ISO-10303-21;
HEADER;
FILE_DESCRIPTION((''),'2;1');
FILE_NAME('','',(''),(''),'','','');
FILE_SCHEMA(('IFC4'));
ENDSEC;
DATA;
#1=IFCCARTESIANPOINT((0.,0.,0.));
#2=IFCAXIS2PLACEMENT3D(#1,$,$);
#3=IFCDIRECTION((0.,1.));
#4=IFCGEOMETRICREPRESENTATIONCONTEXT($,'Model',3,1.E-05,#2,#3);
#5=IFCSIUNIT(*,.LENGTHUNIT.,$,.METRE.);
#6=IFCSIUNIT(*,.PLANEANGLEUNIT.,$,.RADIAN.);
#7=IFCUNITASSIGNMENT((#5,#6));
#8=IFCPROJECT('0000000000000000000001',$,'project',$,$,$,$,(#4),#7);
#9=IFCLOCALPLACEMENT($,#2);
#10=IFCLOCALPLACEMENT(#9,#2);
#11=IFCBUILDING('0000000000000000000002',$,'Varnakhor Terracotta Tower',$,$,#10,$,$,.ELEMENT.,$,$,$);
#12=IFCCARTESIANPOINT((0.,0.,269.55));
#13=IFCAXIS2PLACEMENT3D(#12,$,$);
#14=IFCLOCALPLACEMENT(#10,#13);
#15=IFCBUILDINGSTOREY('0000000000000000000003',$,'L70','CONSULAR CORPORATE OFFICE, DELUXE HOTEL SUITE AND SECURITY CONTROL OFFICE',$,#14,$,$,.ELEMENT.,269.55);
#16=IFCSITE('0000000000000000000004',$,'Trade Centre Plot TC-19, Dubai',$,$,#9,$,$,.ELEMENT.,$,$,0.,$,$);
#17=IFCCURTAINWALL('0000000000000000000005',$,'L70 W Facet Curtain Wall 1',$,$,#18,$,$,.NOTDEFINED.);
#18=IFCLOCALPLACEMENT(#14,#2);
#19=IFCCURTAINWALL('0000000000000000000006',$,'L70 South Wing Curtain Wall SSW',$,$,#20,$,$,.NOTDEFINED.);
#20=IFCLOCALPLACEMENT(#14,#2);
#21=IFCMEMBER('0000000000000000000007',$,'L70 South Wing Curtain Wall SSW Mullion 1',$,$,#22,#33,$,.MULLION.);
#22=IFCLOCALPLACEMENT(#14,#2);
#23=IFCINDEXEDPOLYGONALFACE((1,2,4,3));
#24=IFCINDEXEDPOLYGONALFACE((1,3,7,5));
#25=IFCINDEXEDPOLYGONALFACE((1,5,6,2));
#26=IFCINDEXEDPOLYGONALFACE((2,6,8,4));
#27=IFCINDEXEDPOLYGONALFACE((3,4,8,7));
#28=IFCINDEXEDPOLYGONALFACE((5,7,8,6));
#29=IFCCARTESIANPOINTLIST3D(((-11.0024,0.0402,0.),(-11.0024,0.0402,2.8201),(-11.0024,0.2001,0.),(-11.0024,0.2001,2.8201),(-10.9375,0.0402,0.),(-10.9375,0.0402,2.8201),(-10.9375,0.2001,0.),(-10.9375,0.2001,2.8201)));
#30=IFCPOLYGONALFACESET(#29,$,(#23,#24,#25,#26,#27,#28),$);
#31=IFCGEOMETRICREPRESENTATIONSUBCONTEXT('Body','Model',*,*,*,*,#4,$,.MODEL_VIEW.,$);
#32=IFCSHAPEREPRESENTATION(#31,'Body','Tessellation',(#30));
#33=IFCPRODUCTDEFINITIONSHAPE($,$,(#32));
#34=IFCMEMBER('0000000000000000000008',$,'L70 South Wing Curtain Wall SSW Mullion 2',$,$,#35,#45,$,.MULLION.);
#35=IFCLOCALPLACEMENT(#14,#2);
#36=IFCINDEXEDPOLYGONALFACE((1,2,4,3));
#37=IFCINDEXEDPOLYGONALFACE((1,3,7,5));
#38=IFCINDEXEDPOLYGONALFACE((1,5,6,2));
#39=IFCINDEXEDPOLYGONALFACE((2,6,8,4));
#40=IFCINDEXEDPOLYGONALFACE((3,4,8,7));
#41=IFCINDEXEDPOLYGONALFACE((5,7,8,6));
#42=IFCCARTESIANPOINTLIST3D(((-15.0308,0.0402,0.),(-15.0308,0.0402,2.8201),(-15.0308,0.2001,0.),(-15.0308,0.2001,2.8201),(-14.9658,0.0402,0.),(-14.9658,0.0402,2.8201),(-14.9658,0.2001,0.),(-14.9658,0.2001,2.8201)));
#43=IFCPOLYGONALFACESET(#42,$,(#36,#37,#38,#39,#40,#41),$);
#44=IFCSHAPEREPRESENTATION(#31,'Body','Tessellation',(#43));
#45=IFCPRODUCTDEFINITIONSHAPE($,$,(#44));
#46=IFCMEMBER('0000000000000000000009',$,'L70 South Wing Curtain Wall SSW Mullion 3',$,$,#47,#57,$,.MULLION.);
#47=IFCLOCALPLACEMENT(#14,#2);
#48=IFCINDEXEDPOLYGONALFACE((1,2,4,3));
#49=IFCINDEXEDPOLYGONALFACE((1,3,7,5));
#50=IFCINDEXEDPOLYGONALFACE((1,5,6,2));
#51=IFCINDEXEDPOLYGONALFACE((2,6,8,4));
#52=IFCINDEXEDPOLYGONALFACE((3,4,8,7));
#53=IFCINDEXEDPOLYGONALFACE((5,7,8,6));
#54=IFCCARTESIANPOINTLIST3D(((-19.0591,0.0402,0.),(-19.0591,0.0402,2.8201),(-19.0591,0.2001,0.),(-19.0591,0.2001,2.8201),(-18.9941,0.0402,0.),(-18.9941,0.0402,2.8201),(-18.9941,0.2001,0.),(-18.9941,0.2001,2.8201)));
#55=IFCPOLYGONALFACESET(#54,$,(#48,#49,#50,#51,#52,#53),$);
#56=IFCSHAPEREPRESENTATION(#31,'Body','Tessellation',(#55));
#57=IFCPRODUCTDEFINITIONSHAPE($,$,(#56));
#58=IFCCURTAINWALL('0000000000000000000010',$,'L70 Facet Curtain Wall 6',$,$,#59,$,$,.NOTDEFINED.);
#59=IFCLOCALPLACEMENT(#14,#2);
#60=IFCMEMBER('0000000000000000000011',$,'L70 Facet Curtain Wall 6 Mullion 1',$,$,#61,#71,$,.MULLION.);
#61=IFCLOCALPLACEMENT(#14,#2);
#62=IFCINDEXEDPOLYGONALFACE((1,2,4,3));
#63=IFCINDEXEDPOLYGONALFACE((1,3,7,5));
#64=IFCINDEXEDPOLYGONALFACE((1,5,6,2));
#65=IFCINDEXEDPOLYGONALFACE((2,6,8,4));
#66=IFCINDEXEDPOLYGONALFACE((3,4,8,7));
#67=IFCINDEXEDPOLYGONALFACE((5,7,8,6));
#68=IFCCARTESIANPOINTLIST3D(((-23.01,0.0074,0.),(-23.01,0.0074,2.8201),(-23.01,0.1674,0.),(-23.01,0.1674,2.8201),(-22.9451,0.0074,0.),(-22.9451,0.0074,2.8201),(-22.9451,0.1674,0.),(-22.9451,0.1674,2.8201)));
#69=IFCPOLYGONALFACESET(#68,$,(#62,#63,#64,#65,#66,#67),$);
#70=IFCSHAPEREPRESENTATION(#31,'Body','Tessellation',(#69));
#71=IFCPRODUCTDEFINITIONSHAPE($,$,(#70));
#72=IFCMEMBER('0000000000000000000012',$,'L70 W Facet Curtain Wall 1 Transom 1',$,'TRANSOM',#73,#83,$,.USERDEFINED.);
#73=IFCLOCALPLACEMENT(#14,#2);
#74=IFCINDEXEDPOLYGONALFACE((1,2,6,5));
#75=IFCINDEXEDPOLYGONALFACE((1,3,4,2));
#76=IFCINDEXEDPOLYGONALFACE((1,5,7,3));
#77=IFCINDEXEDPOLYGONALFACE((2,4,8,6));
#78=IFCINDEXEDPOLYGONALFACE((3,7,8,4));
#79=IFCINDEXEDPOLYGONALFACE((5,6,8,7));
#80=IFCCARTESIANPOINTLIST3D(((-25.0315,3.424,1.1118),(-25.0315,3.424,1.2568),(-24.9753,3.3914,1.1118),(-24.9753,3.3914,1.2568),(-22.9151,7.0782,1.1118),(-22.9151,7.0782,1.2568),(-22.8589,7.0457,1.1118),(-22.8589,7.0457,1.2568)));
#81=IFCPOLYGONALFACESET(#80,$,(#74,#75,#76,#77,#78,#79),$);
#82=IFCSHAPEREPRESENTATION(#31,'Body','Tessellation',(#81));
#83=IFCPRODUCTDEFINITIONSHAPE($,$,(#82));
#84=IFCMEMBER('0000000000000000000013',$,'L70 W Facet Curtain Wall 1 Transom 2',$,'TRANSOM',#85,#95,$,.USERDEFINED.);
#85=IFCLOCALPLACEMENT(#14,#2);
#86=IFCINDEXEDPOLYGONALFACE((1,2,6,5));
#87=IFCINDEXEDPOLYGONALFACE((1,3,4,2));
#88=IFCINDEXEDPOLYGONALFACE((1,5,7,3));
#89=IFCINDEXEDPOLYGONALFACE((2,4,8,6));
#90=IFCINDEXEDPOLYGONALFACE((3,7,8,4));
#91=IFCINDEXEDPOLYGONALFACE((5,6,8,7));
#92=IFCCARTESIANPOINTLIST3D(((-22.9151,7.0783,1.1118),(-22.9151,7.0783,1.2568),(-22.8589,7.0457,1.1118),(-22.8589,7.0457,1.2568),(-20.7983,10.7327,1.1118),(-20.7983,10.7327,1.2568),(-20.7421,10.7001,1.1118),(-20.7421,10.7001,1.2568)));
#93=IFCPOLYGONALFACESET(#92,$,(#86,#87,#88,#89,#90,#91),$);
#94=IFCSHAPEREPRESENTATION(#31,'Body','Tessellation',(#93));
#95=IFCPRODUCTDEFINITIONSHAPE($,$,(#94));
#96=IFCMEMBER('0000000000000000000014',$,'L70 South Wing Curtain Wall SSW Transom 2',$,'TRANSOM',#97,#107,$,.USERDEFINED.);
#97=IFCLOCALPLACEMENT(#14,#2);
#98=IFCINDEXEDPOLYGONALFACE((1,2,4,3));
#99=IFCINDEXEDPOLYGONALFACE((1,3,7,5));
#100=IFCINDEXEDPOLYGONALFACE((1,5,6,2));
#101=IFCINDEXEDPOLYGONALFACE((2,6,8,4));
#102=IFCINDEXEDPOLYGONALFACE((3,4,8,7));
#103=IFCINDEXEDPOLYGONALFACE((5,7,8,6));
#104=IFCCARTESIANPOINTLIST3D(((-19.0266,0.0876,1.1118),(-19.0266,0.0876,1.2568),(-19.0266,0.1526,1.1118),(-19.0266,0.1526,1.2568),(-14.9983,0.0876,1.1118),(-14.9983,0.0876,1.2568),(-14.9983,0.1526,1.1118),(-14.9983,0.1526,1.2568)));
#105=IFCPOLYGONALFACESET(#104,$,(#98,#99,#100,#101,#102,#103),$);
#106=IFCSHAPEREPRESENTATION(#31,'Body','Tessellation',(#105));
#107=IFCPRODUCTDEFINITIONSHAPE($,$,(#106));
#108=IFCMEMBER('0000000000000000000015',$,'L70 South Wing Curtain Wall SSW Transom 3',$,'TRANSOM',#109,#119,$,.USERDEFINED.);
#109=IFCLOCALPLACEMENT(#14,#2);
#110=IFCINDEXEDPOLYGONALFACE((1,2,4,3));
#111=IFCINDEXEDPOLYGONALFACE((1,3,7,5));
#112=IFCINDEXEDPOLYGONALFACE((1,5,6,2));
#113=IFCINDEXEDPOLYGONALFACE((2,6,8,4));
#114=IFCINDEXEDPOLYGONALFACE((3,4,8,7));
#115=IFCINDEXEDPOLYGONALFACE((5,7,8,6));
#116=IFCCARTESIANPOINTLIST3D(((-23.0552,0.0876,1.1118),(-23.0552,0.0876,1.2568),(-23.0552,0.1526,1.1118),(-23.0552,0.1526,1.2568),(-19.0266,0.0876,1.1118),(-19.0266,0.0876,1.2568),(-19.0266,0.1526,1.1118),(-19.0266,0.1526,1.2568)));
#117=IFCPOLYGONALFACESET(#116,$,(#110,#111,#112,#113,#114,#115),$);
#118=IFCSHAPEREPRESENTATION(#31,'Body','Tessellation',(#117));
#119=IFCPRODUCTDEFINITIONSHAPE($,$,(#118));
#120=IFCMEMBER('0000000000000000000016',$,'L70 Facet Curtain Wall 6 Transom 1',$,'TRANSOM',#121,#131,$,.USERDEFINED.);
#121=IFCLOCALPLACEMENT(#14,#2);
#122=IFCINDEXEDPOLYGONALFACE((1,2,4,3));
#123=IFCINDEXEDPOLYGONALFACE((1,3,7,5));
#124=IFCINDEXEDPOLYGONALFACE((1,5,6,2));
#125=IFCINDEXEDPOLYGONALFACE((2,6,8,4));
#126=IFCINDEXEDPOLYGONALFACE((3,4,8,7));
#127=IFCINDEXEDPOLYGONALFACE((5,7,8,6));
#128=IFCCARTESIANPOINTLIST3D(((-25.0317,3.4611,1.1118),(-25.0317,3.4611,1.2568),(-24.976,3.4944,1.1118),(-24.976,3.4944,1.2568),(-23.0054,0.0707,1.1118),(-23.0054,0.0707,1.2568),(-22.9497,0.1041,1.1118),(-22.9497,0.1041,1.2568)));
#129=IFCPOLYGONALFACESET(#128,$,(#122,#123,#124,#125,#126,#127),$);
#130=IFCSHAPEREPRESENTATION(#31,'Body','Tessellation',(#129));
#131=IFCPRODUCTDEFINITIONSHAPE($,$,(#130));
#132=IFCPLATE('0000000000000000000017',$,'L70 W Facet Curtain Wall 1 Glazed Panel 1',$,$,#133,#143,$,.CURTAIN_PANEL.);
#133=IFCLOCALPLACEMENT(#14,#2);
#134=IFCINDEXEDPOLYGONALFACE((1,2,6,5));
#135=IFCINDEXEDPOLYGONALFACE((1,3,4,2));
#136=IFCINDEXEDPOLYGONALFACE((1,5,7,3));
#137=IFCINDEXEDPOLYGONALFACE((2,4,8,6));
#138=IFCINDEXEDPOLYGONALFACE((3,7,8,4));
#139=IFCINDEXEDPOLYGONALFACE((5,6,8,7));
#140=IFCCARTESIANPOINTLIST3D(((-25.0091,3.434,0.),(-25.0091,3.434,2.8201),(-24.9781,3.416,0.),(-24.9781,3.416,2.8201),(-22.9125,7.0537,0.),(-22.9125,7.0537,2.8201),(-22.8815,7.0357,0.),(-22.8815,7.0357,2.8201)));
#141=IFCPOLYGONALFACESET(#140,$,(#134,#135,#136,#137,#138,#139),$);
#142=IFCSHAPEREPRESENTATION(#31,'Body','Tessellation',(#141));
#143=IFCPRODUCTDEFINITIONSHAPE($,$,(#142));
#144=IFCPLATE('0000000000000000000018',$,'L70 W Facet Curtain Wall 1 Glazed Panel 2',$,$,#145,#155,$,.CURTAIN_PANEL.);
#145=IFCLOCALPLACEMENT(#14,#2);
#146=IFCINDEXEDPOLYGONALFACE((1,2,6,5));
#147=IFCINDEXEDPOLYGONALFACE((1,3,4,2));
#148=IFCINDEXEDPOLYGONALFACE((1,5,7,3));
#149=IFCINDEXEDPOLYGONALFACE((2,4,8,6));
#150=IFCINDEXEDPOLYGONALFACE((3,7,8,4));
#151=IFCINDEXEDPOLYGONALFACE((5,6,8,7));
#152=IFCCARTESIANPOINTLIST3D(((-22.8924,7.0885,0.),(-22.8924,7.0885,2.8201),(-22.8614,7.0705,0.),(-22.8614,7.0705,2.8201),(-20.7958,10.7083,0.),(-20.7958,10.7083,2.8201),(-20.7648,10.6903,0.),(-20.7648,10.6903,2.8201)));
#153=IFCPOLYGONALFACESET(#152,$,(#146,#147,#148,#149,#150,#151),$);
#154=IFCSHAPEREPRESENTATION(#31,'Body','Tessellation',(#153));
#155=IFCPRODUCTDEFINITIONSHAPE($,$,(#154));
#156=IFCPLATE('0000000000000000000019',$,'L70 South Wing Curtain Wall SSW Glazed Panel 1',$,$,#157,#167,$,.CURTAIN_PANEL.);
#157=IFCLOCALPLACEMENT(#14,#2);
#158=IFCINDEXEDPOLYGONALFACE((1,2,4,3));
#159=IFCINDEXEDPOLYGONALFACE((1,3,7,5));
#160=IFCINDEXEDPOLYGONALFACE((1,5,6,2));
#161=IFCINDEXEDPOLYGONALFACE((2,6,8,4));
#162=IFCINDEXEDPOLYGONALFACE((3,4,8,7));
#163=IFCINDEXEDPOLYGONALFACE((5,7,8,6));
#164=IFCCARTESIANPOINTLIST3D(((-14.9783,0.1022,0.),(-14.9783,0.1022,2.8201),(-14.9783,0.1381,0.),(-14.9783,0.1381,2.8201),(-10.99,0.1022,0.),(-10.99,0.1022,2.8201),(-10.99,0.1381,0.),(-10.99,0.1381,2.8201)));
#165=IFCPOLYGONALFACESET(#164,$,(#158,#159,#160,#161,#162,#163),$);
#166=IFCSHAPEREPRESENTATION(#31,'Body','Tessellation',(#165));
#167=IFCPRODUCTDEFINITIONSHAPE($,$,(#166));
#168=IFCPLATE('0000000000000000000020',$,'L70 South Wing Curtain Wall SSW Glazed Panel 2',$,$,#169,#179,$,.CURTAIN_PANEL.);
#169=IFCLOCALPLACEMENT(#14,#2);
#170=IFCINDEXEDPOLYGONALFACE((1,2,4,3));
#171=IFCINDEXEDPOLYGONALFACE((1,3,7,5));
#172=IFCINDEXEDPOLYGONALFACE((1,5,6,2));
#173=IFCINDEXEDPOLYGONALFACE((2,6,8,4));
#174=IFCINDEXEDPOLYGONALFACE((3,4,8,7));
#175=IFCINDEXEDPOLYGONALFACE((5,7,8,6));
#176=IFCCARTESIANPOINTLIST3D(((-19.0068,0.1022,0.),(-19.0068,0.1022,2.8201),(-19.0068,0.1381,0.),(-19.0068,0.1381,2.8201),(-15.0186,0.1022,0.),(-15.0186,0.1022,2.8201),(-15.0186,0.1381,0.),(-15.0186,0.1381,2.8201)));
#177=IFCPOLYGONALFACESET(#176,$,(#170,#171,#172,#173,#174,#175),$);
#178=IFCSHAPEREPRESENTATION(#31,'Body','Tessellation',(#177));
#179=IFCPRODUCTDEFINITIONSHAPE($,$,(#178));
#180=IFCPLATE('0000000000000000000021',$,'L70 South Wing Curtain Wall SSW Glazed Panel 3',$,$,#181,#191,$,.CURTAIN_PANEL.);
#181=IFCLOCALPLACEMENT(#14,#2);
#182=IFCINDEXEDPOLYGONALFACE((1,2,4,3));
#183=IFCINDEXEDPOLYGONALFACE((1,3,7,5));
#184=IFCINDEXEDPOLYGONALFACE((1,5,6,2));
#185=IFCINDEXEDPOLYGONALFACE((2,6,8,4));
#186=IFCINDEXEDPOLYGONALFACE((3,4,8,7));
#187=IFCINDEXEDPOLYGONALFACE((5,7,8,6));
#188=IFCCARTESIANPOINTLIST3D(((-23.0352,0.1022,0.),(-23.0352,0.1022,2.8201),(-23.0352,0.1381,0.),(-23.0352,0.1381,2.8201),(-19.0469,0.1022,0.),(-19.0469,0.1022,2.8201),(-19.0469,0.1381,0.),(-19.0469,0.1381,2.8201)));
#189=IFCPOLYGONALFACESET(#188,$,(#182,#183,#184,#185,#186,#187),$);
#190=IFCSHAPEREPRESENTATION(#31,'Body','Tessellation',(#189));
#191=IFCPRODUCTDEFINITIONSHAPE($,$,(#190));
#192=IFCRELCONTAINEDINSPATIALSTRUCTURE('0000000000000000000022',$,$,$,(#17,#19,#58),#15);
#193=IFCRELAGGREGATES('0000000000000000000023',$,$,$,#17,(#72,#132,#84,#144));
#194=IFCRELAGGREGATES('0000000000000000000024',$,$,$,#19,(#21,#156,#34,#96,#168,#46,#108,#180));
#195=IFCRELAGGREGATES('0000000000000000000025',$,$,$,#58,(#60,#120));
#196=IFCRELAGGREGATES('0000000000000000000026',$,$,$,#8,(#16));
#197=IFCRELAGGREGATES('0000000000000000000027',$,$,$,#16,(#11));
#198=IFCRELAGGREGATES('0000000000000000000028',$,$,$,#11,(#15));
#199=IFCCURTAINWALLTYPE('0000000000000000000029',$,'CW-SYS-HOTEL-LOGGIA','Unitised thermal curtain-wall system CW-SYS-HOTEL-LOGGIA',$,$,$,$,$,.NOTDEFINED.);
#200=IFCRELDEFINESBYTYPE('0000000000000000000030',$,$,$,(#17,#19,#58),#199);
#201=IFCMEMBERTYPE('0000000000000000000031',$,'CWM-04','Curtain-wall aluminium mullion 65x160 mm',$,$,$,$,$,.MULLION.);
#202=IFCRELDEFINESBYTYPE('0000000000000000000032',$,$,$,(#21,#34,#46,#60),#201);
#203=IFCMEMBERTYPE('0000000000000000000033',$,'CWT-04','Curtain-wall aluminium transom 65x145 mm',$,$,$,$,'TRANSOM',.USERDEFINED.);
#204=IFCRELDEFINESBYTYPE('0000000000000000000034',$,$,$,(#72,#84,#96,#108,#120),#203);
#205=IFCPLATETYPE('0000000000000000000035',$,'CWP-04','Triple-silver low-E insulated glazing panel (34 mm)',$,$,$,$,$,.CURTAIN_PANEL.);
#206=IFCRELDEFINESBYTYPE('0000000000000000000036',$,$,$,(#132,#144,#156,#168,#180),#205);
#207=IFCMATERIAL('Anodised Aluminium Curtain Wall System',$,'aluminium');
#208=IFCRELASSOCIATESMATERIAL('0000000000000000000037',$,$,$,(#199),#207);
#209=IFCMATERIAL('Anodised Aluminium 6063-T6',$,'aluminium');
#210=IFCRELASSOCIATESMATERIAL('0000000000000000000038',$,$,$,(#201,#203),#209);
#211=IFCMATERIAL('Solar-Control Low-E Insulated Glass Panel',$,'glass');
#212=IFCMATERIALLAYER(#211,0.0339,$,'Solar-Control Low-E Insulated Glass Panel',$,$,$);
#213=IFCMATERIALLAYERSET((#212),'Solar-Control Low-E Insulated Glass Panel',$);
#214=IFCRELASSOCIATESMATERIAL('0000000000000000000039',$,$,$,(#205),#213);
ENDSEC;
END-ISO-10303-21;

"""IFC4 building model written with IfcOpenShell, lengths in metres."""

from ifc_helpers import new_model, si_unit, direction, frame, origin, origin_2d, place, context, subcontext, project, spatial, rectangle, extrude, source, transform, mapped, material, layer, layer_set, material_profile, profile_set, type_object, type_shapes, element, aggregate, save


model = new_model("IFC4")

# Units and contexts
model_context = context("Model", 3, precision=1e-05, world=origin(), true_north=direction((0.0, 1.0)))
body_context = subcontext(model_context, "Body", "Model", "MODEL_VIEW")
ifc_project = project(units=[si_unit("LENGTHUNIT", "METRE"), si_unit("PLANEANGLEUNIT", "RADIAN")], contexts=[model_context])

# Site, building, storey
site_placement = place(None, origin())
site = spatial("IfcSite", under=ifc_project, at=site_placement, Name="Trade Centre Plot TC-19, Dubai", CompositionType="ELEMENT", RefElevation=0.0)
building_placement = place(site_placement, origin())
building = spatial("IfcBuilding", under=site, at=building_placement, Name="Varnakhor Terracotta Tower", CompositionType="ELEMENT")
storey_placement = place(building_placement, frame((0.0, 0.0, 269.55)))
storey = spatial("IfcBuildingStorey", under=building, at=storey_placement, Name="L70", Description="CONSULAR CORPORATE OFFICE, DELUXE HOTEL SUITE AND SECURITY CONTROL OFFICE", CompositionType="ELEMENT", Elevation=269.55)

# Curtain walls, members
ifc_material_1 = material(Name="Anodised Aluminium Curtain Wall System", Category="aluminium")
curtain_wall_type = type_object("IfcCurtainWallType", Name="CW-SYS-HOTEL-LOGGIA", Description="Unitised thermal curtain-wall system CW-SYS-HOTEL-LOGGIA", PredefinedType="NOTDEFINED", material=ifc_material_1)
curtain_wall_1_placement = place(storey_placement, origin())
curtain_wall_1 = element("IfcCurtainWall", 1, at=curtain_wall_1_placement, inside=storey, type_object=curtain_wall_type, Name="L70 W Facet Curtain Wall 1", PredefinedType="NOTDEFINED")
ifc_material_2 = material(Name="Anodised Aluminium 6063-T6", Category="aluminium")
ifc_material_profile_1 = material_profile(ifc_material_2, rectangle(XDim=0.0649, YDim=0.1599, at=origin_2d()), Name="ALU MULLION 65x160")
ifc_profile_set_1 = profile_set([ifc_material_profile_1], Name="Anodised Aluminium 6063-T6")
member_type_1 = type_object("IfcMemberType", Name="CWM-04", Description="Curtain-wall aluminium mullion 65x160 mm", PredefinedType="MULLION", material=ifc_profile_set_1)
shared_shape_1 = source(origin(), body_context, "Body", "SweptSolid", [
    extrude(rectangle(XDim=0.0649, YDim=0.1599, at=origin_2d()), origin(), (0.0, 0.0, 1.0), 2.8201),
])
type_shapes(member_type_1, [shared_shape_1])
curtain_wall_2_placement = place(storey_placement, origin())
curtain_wall_2 = element("IfcCurtainWall", 2, at=curtain_wall_2_placement, inside=storey, type_object=curtain_wall_type, Name="L70 South Wing Curtain Wall SSW", PredefinedType="NOTDEFINED")
member_1_placement = place(storey_placement, frame((-10.97, 0.1201, 0.0), z_axis=(0.0, 0.0, 1.0), x_axis=(1.0, 0.0, 0.0)))
member_1 = element("IfcMember", 3, at=member_1_placement, type_object=member_type_1, Name="L70 South Wing Curtain Wall SSW Mullion 1", PredefinedType="MULLION", context=body_context, shape_type="MappedRepresentation", body=[
    mapped(shared_shape_1, transform((0.0, 0.0, 0.0), scale=1.0)),
])
member_2_placement = place(storey_placement, frame((-14.9983, 0.1201, 0.0), z_axis=(0.0, 0.0, 1.0), x_axis=(1.0, 0.0, 0.0)))
member_2 = element("IfcMember", 4, at=member_2_placement, type_object=member_type_1, Name="L70 South Wing Curtain Wall SSW Mullion 2", PredefinedType="MULLION", context=body_context, shape_type="MappedRepresentation", body=[
    mapped(shared_shape_1, transform((0.0, 0.0, 0.0), scale=1.0)),
])
member_3_placement = place(storey_placement, frame((-19.0266, 0.1201, 0.0), z_axis=(0.0, 0.0, 1.0), x_axis=(1.0, 0.0, 0.0)))
member_3 = element("IfcMember", 5, at=member_3_placement, type_object=member_type_1, Name="L70 South Wing Curtain Wall SSW Mullion 3", PredefinedType="MULLION", context=body_context, shape_type="MappedRepresentation", body=[
    mapped(shared_shape_1, transform((0.0, 0.0, 0.0), scale=1.0)),
])

# Curtain wall, member
curtain_wall_3_placement = place(storey_placement, origin())
curtain_wall_3 = element("IfcCurtainWall", 6, at=curtain_wall_3_placement, inside=storey, type_object=curtain_wall_type, Name="L70 Facet Curtain Wall 6", PredefinedType="NOTDEFINED")
member_4_placement = place(storey_placement, frame((-22.9775, 0.0874, 0.0), z_axis=(0.0, 0.0, 1.0), x_axis=(1.0, 0.0, 0.0)))
member_4 = element("IfcMember", 7, at=member_4_placement, type_object=member_type_1, Name="L70 Facet Curtain Wall 6 Mullion 1", PredefinedType="MULLION", context=body_context, shape_type="MappedRepresentation", body=[
    mapped(shared_shape_1, transform((0.0, 0.0, 0.0), scale=1.0)),
])

# Members
ifc_material_profile_2 = material_profile(ifc_material_2, rectangle(XDim=0.0649, YDim=0.145, at=origin_2d()), Name="ALU TRANSOM 65x145")
ifc_profile_set_2 = profile_set([ifc_material_profile_2], Name="Anodised Aluminium 6063-T6")
member_type_2 = type_object("IfcMemberType", Name="CWT-04", Description="Curtain-wall aluminium transom 65x145 mm", ElementType="TRANSOM", PredefinedType="USERDEFINED", material=ifc_profile_set_2)
shared_shape_2 = source(origin(), body_context, "Body", "SweptSolid", [
    extrude(rectangle(XDim=0.0649, YDim=0.145, at=origin_2d()), origin(), (0.0, 0.0, 1.0), 4.2229),
])
member_5_placement = place(storey_placement, frame((-25.0034, 3.4077, 1.1843), z_axis=(0.50118, 0.865343, 0.0), x_axis=(-0.865343, 0.50118, 0.0)))
member_5 = element("IfcMember", 8, at=member_5_placement, type_object=member_type_2, Name="L70 W Facet Curtain Wall 1 Transom 1", ObjectType="TRANSOM", PredefinedType="USERDEFINED", context=body_context, shape_type="MappedRepresentation", body=[
    mapped(shared_shape_2, transform((0.0, 0.0, 0.0), scale=1.0)),
])
shared_shape_3 = source(origin(), body_context, "Body", "SweptSolid", [
    extrude(rectangle(XDim=0.0649, YDim=0.145, at=origin_2d()), origin(), (0.0, 0.0, 1.0), 4.2231),
])
member_6_placement = place(storey_placement, frame((-22.887, 7.062, 1.1843), z_axis=(0.501223, 0.865318, 0.0), x_axis=(-0.865318, 0.501223, 0.0)))
member_6 = element("IfcMember", 9, at=member_6_placement, type_object=member_type_2, Name="L70 W Facet Curtain Wall 1 Transom 2", ObjectType="TRANSOM", PredefinedType="USERDEFINED", context=body_context, shape_type="MappedRepresentation", body=[
    mapped(shared_shape_3, transform((0.0, 0.0, 0.0), scale=1.0)),
])
shared_shape_4 = source(origin(), body_context, "Body", "SweptSolid", [
    extrude(rectangle(XDim=0.0649, YDim=0.145, at=origin_2d()), origin(), (0.0, 0.0, 1.0), 4.0283),
])
member_7_placement = place(storey_placement, frame((-14.9983, 0.1201, 1.1843), z_axis=(-1.0, 0.0, 0.0), x_axis=(0.0, -1.0, 0.0)))
member_7 = element("IfcMember", 10, at=member_7_placement, type_object=member_type_2, Name="L70 South Wing Curtain Wall SSW Transom 2", ObjectType="TRANSOM", PredefinedType="USERDEFINED", context=body_context, shape_type="MappedRepresentation", body=[
    mapped(shared_shape_4, transform((0.0, 0.0, 0.0), scale=1.0)),
])
shared_shape_5 = source(origin(), body_context, "Body", "SweptSolid", [
    extrude(rectangle(XDim=0.0649, YDim=0.145, at=origin_2d()), origin(), (0.0, 0.0, 1.0), 4.0286),
])
member_8_placement = place(storey_placement, frame((-19.0266, 0.1201, 1.1843), z_axis=(-1.0, 0.0, 0.0), x_axis=(0.0, -1.0, 0.0)))
member_8 = element("IfcMember", 11, at=member_8_placement, type_object=member_type_2, Name="L70 South Wing Curtain Wall SSW Transom 3", ObjectType="TRANSOM", PredefinedType="USERDEFINED", context=body_context, shape_type="MappedRepresentation", body=[
    mapped(shared_shape_5, transform((0.0, 0.0, 0.0), scale=1.0)),
])
shared_shape_6 = source(origin(), body_context, "Body", "SweptSolid", [
    extrude(rectangle(XDim=0.0649, YDim=0.145, at=origin_2d()), origin(), (0.0, 0.0, 1.0), 3.9497),
])
member_9_placement = place(storey_placement, frame((-22.9775, 0.0874, 1.1843), z_axis=(-0.513032, 0.85837, 0.0), x_axis=(-0.85837, -0.513032, 0.0)))
member_9 = element("IfcMember", 12, at=member_9_placement, type_object=member_type_2, Name="L70 Facet Curtain Wall 6 Transom 1", ObjectType="TRANSOM", PredefinedType="USERDEFINED", context=body_context, shape_type="MappedRepresentation", body=[
    mapped(shared_shape_6, transform((0.0, 0.0, 0.0), scale=1.0)),
])

# Plates
ifc_material_3 = material(Name="Solar-Control Low-E Insulated Glass Panel", Category="glass")
ifc_layer_1 = layer(ifc_material_3, 0.0339, Name="Solar-Control Low-E Insulated Glass Panel")
ifc_layer_set_1 = layer_set([ifc_layer_1], Name="Solar-Control Low-E Insulated Glass Panel")
plate_type = type_object("IfcPlateType", Name="CWP-04", Description="Triple-silver low-E insulated glazing panel (34 mm)", PredefinedType="CURTAIN_PANEL", material=ifc_layer_set_1)
shared_shape_7 = source(origin(), body_context, "Body", "SweptSolid", [
    extrude(rectangle(XDim=4.1831, YDim=0.0359, at=origin_2d()), origin(), (0.0, 0.0, 1.0), 2.8201),
])
plate_1_placement = place(storey_placement, frame((-23.9453, 5.2349, 0.0), z_axis=(0.0, 0.0, 1.0), x_axis=(0.501209, 0.865326, 0.0)))
plate_1 = element("IfcPlate", 13, at=plate_1_placement, type_object=plate_type, Name="L70 W Facet Curtain Wall 1 Glazed Panel 1", PredefinedType="CURTAIN_PANEL", context=body_context, shape_type="MappedRepresentation", body=[
    mapped(shared_shape_7, transform((0.0, 0.0, 0.0), scale=1.0)),
])
plate_2_placement = place(storey_placement, frame((-21.8286, 8.8894, 0.0), z_axis=(0.0, 0.0, 1.0), x_axis=(0.501209, 0.865326, 0.0)))
plate_2 = element("IfcPlate", 14, at=plate_2_placement, type_object=plate_type, Name="L70 W Facet Curtain Wall 1 Glazed Panel 2", PredefinedType="CURTAIN_PANEL", context=body_context, shape_type="MappedRepresentation", body=[
    mapped(shared_shape_7, transform((0.0, 0.0, 0.0), scale=1.0)),
])
aggregate(curtain_wall_1, [member_5, plate_1, member_6, plate_2])
shared_shape_8 = source(origin(), body_context, "Body", "SweptSolid", [
    extrude(rectangle(XDim=3.9883, YDim=0.0359, at=origin_2d()), origin(), (0.0, 0.0, 1.0), 2.8201),
])
plate_3_placement = place(storey_placement, frame((-12.9841, 0.1201, 0.0), z_axis=(0.0, 0.0, 1.0), x_axis=(-1.0, 0.0, 0.0)))
plate_3 = element("IfcPlate", 15, at=plate_3_placement, type_object=plate_type, Name="L70 South Wing Curtain Wall SSW Glazed Panel 1", PredefinedType="CURTAIN_PANEL", context=body_context, shape_type="MappedRepresentation", body=[
    mapped(shared_shape_8, transform((0.0, 0.0, 0.0), scale=1.0)),
])
plate_4_placement = place(storey_placement, frame((-17.0127, 0.1201, 0.0), z_axis=(0.0, 0.0, 1.0), x_axis=(-1.0, 0.0, 0.0)))
plate_4 = element("IfcPlate", 16, at=plate_4_placement, type_object=plate_type, Name="L70 South Wing Curtain Wall SSW Glazed Panel 2", PredefinedType="CURTAIN_PANEL", context=body_context, shape_type="MappedRepresentation", body=[
    mapped(shared_shape_8, transform((0.0, 0.0, 0.0), scale=1.0)),
])
plate_5_placement = place(storey_placement, frame((-21.041, 0.1201, 0.0), z_axis=(0.0, 0.0, 1.0), x_axis=(-1.0, 0.0, 0.0)))
plate_5 = element("IfcPlate", 17, at=plate_5_placement, type_object=plate_type, Name="L70 South Wing Curtain Wall SSW Glazed Panel 3", PredefinedType="CURTAIN_PANEL", context=body_context, shape_type="MappedRepresentation", body=[
    mapped(shared_shape_8, transform((0.0, 0.0, 0.0), scale=1.0)),
])
aggregate(curtain_wall_2, [member_1, plate_3, member_2, member_7, plate_4, member_3, member_8, plate_5])
aggregate(curtain_wall_3, [member_4, member_9])

save(model, "model.ifc")
